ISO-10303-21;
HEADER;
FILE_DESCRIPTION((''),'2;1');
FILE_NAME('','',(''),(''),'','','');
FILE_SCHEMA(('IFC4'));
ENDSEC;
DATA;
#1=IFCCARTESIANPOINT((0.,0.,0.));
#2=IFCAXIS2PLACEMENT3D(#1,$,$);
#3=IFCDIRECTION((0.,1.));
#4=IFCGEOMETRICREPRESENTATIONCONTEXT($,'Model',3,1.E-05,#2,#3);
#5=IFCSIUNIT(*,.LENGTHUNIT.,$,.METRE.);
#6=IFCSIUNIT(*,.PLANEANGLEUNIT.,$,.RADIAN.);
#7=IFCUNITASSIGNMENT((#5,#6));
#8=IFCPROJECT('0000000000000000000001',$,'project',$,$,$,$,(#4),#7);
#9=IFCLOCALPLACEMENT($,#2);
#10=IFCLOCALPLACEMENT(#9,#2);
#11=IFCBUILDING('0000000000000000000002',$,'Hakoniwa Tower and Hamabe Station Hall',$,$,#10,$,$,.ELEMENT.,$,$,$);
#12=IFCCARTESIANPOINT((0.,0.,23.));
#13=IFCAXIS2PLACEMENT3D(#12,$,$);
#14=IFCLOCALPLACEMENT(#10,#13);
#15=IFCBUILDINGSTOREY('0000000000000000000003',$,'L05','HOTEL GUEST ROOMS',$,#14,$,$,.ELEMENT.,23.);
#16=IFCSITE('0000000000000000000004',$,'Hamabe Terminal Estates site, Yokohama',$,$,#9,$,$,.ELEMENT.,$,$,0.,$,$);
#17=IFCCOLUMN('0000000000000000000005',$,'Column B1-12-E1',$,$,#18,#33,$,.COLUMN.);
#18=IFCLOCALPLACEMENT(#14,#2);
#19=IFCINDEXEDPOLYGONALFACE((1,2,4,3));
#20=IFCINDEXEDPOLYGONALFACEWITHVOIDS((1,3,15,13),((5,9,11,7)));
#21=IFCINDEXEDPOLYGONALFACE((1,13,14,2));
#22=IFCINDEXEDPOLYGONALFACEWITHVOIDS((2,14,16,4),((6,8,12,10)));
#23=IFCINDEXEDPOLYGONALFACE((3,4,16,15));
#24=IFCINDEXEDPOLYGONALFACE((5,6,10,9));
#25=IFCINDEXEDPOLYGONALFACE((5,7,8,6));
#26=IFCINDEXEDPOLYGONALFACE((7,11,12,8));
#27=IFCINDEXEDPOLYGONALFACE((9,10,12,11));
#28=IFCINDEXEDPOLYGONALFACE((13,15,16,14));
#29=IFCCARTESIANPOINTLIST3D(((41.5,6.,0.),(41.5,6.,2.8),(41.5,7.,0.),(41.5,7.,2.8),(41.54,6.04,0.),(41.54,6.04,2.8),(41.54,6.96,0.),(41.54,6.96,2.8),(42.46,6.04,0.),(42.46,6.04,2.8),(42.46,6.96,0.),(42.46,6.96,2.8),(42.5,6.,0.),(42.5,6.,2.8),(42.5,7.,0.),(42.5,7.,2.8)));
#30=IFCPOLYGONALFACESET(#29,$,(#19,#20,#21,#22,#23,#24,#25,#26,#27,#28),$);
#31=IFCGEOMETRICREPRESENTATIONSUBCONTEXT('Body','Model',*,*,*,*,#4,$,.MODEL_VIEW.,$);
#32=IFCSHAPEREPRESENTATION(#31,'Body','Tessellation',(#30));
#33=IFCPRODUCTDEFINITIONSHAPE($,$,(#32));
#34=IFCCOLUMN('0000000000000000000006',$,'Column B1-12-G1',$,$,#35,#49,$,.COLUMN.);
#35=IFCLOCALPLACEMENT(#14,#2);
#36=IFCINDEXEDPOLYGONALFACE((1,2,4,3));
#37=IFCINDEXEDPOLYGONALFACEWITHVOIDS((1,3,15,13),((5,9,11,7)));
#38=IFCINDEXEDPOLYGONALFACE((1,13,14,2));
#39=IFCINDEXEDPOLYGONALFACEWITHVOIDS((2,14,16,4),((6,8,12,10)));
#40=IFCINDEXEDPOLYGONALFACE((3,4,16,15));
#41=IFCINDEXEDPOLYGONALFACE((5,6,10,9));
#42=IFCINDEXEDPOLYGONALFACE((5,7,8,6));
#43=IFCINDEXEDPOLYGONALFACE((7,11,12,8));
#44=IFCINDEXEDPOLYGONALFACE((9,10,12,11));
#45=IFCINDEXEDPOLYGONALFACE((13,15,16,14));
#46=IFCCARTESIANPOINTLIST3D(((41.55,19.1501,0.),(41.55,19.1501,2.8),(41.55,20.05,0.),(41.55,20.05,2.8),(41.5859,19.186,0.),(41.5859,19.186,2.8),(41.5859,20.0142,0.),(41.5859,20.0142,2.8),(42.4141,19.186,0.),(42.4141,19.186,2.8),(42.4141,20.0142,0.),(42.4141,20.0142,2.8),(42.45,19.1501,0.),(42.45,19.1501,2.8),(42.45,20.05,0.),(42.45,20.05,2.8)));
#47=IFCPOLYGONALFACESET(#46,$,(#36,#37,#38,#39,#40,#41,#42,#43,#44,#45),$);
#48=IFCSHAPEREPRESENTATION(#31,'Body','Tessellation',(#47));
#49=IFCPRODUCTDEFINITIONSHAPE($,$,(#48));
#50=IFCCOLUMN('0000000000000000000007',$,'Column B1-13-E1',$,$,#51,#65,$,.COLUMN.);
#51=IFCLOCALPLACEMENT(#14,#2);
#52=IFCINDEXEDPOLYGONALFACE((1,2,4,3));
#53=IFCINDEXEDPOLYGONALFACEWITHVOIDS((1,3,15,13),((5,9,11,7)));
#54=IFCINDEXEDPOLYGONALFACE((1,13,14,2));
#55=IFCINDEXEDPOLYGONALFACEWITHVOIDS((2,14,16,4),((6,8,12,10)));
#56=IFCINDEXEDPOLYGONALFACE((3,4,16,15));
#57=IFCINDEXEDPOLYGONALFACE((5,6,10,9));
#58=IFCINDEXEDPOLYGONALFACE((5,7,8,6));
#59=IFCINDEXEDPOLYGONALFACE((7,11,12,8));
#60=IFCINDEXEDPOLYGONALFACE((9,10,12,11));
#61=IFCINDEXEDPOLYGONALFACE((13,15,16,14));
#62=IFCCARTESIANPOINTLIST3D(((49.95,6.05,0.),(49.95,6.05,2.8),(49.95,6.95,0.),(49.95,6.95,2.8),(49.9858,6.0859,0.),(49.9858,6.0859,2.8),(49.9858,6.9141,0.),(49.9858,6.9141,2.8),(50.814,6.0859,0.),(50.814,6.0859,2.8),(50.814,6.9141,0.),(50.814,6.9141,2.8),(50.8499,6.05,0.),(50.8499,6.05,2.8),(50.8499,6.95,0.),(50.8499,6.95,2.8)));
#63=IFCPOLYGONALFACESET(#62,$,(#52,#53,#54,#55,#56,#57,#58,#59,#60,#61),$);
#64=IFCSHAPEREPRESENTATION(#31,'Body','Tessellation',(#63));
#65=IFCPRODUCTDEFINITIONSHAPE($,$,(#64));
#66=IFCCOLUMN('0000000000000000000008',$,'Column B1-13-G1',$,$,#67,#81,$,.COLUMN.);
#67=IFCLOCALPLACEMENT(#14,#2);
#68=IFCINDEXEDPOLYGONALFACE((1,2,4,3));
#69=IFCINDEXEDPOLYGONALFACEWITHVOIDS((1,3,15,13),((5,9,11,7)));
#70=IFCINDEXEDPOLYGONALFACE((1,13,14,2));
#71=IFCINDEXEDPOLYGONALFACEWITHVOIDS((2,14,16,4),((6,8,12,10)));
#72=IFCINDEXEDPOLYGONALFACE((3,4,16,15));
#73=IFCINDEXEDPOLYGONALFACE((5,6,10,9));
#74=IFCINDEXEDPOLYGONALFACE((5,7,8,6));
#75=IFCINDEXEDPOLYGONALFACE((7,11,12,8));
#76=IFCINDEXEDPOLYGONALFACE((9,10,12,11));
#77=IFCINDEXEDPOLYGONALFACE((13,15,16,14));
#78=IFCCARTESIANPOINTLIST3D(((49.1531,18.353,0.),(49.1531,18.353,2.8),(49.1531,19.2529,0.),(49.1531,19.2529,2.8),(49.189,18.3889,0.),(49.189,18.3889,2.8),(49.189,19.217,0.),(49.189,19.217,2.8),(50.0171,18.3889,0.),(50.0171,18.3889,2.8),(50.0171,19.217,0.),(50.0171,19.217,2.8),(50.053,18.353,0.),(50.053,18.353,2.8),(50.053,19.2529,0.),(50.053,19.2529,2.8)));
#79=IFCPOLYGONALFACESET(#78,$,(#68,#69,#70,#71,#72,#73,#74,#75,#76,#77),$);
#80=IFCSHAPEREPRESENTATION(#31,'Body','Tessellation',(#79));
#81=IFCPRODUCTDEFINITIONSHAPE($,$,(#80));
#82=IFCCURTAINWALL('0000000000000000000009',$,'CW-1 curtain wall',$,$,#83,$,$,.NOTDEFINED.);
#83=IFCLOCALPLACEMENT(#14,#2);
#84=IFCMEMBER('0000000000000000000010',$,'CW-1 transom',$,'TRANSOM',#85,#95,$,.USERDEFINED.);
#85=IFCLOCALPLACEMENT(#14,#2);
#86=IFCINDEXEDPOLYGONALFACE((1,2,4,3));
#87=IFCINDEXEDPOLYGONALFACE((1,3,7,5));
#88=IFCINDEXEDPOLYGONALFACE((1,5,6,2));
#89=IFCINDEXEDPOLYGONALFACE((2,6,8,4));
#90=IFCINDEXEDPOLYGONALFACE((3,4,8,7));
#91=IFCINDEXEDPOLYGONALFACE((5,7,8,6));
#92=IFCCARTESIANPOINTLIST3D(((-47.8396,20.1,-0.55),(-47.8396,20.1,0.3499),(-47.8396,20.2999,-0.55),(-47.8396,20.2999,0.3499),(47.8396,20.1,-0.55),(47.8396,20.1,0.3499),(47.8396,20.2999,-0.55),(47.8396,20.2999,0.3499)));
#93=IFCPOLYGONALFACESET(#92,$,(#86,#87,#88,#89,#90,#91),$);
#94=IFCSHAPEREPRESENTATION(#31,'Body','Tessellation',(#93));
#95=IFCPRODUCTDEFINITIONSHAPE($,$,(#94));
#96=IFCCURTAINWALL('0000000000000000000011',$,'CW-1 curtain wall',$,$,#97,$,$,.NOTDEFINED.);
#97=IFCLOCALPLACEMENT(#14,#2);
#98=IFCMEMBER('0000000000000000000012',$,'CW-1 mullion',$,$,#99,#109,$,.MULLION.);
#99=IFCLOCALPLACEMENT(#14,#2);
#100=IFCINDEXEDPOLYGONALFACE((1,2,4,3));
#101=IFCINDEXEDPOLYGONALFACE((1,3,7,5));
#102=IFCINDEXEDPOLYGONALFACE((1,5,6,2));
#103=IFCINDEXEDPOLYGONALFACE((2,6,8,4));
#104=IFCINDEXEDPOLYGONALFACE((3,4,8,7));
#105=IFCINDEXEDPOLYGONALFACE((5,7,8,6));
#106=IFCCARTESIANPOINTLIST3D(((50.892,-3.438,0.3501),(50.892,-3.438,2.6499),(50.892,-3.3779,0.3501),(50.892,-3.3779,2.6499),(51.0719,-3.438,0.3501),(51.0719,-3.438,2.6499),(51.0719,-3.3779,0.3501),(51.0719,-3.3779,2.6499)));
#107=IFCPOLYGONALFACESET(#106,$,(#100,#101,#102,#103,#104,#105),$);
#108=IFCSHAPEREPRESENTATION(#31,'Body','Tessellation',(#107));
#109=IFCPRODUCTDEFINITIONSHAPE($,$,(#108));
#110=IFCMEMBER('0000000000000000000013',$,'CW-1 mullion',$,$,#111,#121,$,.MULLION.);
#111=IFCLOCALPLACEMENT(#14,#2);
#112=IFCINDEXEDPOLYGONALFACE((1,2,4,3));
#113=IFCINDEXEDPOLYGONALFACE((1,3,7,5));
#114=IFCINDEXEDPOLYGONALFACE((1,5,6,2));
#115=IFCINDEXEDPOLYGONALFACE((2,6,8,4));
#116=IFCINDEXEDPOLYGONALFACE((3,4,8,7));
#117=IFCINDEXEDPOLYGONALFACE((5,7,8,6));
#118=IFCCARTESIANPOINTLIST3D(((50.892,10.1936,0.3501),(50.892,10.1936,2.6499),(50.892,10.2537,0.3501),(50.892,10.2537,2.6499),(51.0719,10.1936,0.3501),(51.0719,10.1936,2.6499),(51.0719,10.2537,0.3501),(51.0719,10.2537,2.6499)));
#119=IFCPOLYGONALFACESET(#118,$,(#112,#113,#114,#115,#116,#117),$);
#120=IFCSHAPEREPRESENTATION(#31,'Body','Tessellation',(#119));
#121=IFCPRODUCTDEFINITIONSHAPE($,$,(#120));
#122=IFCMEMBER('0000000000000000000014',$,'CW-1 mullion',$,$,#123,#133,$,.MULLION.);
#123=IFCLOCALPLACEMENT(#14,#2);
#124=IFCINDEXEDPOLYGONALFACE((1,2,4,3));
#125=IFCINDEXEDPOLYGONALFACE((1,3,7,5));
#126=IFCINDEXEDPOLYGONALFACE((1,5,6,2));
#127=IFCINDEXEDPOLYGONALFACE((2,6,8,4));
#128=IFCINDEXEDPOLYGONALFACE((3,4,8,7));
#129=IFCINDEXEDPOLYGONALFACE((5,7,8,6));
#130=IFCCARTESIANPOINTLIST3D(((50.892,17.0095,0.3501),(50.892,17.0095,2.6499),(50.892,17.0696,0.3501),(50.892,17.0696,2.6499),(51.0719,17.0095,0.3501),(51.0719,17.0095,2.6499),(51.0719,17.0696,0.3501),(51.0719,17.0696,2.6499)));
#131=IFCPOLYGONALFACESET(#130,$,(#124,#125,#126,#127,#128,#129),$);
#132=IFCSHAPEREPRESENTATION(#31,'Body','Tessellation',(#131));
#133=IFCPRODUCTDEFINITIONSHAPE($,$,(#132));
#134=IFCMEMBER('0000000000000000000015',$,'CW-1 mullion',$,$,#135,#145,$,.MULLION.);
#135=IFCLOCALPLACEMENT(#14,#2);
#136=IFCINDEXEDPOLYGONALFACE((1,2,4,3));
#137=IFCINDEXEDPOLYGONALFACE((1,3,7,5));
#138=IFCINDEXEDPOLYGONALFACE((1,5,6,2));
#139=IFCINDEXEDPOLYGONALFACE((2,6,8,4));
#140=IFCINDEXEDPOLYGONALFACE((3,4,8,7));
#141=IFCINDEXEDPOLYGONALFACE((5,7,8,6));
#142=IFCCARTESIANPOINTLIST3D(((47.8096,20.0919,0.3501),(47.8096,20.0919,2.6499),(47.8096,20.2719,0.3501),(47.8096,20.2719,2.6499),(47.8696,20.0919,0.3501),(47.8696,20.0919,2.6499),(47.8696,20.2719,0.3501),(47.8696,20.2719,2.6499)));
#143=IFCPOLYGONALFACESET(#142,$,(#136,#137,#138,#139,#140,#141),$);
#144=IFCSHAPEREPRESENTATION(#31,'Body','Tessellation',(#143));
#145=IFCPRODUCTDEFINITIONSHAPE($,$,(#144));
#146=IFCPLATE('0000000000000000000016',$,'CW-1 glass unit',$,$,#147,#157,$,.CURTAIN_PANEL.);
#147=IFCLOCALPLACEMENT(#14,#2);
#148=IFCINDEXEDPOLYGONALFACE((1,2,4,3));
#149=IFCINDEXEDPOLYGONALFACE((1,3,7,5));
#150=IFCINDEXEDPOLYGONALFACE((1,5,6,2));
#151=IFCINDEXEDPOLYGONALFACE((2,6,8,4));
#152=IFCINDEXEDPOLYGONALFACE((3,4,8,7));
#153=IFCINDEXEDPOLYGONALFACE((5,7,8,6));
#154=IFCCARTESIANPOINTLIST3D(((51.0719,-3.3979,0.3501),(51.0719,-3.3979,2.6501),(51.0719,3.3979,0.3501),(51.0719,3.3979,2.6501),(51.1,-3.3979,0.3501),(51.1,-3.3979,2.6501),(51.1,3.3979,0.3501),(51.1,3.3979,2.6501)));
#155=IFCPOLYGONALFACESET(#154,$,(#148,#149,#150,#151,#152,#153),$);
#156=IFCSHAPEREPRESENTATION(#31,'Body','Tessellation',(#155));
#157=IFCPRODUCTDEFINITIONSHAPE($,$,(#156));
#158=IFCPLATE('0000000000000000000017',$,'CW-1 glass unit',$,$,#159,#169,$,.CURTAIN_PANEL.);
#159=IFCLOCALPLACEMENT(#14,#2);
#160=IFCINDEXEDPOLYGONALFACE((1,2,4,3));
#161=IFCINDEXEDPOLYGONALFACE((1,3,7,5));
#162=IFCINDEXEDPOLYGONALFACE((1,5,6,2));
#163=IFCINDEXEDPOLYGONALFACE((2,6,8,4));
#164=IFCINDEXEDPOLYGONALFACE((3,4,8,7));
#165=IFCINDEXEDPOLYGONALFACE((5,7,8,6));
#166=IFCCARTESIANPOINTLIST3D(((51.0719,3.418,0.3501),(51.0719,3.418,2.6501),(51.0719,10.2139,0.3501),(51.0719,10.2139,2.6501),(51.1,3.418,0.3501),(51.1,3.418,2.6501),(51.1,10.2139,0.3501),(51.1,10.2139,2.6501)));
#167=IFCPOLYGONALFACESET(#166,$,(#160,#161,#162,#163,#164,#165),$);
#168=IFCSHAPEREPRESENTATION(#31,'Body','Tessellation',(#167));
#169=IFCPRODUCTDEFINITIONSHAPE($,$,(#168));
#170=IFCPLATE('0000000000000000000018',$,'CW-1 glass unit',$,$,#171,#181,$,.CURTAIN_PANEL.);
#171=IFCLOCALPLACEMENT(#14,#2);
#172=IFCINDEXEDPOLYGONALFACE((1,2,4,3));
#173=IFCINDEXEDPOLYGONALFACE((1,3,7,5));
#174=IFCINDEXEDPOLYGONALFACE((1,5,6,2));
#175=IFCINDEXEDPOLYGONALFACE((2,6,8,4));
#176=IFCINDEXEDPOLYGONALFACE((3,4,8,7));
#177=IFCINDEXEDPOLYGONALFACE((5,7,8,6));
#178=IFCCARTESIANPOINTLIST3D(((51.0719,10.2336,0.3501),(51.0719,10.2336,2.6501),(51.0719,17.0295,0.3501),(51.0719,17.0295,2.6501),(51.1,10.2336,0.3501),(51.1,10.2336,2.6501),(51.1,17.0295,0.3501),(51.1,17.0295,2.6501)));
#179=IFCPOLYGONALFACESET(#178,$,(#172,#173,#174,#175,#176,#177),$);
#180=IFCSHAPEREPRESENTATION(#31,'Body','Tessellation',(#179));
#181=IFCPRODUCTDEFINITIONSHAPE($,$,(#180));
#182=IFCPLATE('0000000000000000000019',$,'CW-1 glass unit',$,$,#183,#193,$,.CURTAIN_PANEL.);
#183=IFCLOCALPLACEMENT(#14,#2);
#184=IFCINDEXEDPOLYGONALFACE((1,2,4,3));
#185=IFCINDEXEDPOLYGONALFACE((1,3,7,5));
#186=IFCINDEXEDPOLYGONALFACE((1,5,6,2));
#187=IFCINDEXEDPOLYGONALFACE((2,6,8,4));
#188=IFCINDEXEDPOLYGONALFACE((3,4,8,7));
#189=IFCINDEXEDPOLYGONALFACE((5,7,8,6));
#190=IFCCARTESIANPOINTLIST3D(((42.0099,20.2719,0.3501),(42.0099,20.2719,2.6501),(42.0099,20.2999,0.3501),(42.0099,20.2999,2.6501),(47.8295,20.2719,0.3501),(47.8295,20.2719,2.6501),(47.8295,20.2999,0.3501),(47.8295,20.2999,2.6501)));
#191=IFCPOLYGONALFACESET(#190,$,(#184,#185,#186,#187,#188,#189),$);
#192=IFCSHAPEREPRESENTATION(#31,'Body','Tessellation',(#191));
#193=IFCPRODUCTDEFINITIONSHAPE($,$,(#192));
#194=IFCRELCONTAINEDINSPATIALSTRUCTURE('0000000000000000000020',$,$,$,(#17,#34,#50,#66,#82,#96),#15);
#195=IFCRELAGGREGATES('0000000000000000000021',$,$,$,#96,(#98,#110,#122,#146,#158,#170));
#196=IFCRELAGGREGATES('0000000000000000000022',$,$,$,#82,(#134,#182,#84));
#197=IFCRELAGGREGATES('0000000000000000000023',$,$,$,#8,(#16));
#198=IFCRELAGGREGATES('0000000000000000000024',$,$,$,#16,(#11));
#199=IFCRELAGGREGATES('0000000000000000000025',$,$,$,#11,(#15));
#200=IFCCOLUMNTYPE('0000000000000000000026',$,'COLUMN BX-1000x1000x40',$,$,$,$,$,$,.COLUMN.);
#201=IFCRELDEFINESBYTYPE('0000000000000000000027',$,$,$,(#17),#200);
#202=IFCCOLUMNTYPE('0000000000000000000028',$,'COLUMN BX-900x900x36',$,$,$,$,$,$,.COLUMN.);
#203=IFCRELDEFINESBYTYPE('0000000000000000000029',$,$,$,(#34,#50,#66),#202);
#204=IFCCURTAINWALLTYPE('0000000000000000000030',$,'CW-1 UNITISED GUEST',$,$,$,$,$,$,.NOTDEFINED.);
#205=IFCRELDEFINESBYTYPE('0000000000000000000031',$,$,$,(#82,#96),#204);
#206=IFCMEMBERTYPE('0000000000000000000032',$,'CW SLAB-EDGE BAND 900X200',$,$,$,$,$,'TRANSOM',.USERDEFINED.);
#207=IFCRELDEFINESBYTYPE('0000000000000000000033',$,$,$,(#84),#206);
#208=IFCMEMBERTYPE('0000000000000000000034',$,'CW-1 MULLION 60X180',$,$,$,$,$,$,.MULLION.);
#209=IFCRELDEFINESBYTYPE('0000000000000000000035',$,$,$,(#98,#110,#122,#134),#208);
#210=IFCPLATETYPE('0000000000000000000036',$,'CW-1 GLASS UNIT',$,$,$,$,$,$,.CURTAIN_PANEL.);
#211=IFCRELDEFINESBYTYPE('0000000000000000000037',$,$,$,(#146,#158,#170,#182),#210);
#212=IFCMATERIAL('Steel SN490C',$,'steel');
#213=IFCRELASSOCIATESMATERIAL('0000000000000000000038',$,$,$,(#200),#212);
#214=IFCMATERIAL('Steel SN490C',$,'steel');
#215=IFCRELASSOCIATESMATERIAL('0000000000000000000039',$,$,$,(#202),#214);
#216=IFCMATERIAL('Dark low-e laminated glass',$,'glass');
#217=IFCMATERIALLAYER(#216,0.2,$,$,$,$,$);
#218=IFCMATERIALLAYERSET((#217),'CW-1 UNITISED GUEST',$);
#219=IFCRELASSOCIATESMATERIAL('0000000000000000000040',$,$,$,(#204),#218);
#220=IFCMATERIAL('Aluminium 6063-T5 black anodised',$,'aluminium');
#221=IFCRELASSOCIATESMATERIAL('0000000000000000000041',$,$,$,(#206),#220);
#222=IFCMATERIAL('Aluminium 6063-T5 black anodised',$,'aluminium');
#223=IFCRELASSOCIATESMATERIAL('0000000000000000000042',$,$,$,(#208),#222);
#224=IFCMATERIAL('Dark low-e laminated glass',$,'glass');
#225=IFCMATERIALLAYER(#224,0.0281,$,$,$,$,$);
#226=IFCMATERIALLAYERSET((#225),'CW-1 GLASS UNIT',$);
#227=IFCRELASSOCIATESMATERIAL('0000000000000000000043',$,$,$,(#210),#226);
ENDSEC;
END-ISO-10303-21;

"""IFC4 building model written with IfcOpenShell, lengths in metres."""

from ifc_helpers import new_model, si_unit, direction, frame, origin, origin_2d, place, context, subcontext, project, spatial, rectangle, hollow_rectangle, extrude, material, layer, layer_set, material_profile, profile_set, type_object, element, aggregate, save


model = new_model("IFC4")

# Units and contexts
model_context = context("Model", 3, precision=1e-05, world=origin(), true_north=direction((0.0, 1.0)))
body_context = subcontext(model_context, "Body", "Model", "MODEL_VIEW")
ifc_project = project(units=[si_unit("LENGTHUNIT", "METRE"), si_unit("PLANEANGLEUNIT", "RADIAN")], contexts=[model_context])

# Site, building, storey
site_placement = place(None, origin())
site = spatial("IfcSite", under=ifc_project, at=site_placement, Name="Hamabe Terminal Estates site, Yokohama", CompositionType="ELEMENT", RefElevation=0.0)
building_placement = place(site_placement, origin())
building = spatial("IfcBuilding", under=site, at=building_placement, Name="Hakoniwa Tower and Hamabe Station Hall", CompositionType="ELEMENT")
storey_placement = place(building_placement, frame((0.0, 0.0, 23.0)))
storey = spatial("IfcBuildingStorey", under=building, at=storey_placement, Name="L05", Description="HOTEL GUEST ROOMS", CompositionType="ELEMENT", Elevation=23.0)

# Columns
ifc_material_1 = material(Name="Steel SN490C", Category="steel")
ifc_material_profile_1 = material_profile(ifc_material_1, hollow_rectangle(XDim=1.0, YDim=1.0, WallThickness=0.04, at=origin_2d()), Name="BX-1000x1000x40")
ifc_profile_set_1 = profile_set([ifc_material_profile_1], Name="Steel SN490C")
column_type_1 = type_object("IfcColumnType", Name="COLUMN BX-1000x1000x40", PredefinedType="COLUMN", material=ifc_profile_set_1)
column_placement = place(storey_placement, frame((42.0, 6.5, 0.0), z_axis=(0.0, 0.0, 1.0), x_axis=(1.0, 0.0, 0.0)))
element("IfcColumn", 1, at=column_placement, inside=storey, type_object=column_type_1, Name="Column B1-12-E1", PredefinedType="COLUMN", context=body_context, shape_type="SweptSolid", body=[
    extrude(hollow_rectangle(XDim=1.0, YDim=1.0, WallThickness=0.04, at=origin_2d()), origin(), (0.0, 0.0, 1.0), 2.8),
])
ifc_material_2 = material(Name="Steel SN490C", Category="steel")
ifc_material_profile_2 = material_profile(ifc_material_2, hollow_rectangle(XDim=0.8999, YDim=0.8999, WallThickness=0.0359, at=origin_2d()), Name="BX-900x900x36")
ifc_profile_set_2 = profile_set([ifc_material_profile_2], Name="Steel SN490C")
column_type_2 = type_object("IfcColumnType", Name="COLUMN BX-900x900x36", PredefinedType="COLUMN", material=ifc_profile_set_2)
for number, where, z_axis, x_axis, name in (
    (2, (42.0, 19.6001, 0.0), (0.0, 0.0, 1.0), (1.0, 0.0, 0.0), "Column B1-12-G1"),
    (3, (50.3999, 6.5, 0.0), (0.0, 0.0, 1.0), (1.0, 0.0, 0.0), "Column B1-13-E1"),
    (4, (49.603, 18.803, 0.0), (0.0, 0.0, 1.0), (1.0, 0.0, 0.0), "Column B1-13-G1"),
):
    element("IfcColumn", number, at=place(storey_placement, frame(where, z_axis=z_axis, x_axis=x_axis)), inside=storey, type_object=column_type_2, Name=name, PredefinedType="COLUMN", context=body_context, shape_type="SweptSolid", body=[
        extrude(hollow_rectangle(XDim=0.8999, YDim=0.8999, WallThickness=0.0359, at=origin_2d()), origin(), (0.0, 0.0, 1.0), 2.8),
    ])

# Curtain wall, member
ifc_material_3 = material(Name="Dark low-e laminated glass", Category="glass")
ifc_layer_1 = layer(ifc_material_3, 0.2)
ifc_layer_set_1 = layer_set([ifc_layer_1], Name="CW-1 UNITISED GUEST")
curtain_wall_type = type_object("IfcCurtainWallType", Name="CW-1 UNITISED GUEST", PredefinedType="NOTDEFINED", material=ifc_layer_set_1)
curtain_wall_1_placement = place(storey_placement, origin())
curtain_wall_1 = element("IfcCurtainWall", 5, at=curtain_wall_1_placement, inside=storey, type_object=curtain_wall_type, Name="CW-1 curtain wall", PredefinedType="NOTDEFINED")
ifc_material_4 = material(Name="Aluminium 6063-T5 black anodised", Category="aluminium")
ifc_material_profile_3 = material_profile(ifc_material_4, rectangle(XDim=0.2, YDim=0.8999, at=origin_2d()), Name="CW SLAB-EDGE BAND 900X200")
ifc_profile_set_3 = profile_set([ifc_material_profile_3], Name="Aluminium 6063-T5 black anodised")
member_type_1 = type_object("IfcMemberType", Name="CW SLAB-EDGE BAND 900X200", ElementType="TRANSOM", PredefinedType="USERDEFINED", material=ifc_profile_set_3)
member_1_placement = place(storey_placement, frame((47.8396, 20.2, -0.1001), z_axis=(-1.0, 0.0, 0.0), x_axis=(0.0, -1.0, 0.0)))
member_1 = element("IfcMember", 6, at=member_1_placement, type_object=member_type_1, Name="CW-1 transom", ObjectType="TRANSOM", PredefinedType="USERDEFINED", context=body_context, shape_type="SweptSolid", body=[
    extrude(rectangle(XDim=0.2, YDim=0.8999, at=origin_2d()), origin(), (0.0, 0.0, 1.0), 95.6792),
])

# Curtain wall, members
curtain_wall_2_placement = place(storey_placement, origin())
curtain_wall_2 = element("IfcCurtainWall", 7, at=curtain_wall_2_placement, inside=storey, type_object=curtain_wall_type, Name="CW-1 curtain wall", PredefinedType="NOTDEFINED")
ifc_material_5 = material(Name="Aluminium 6063-T5 black anodised", Category="aluminium")
ifc_material_profile_4 = material_profile(ifc_material_5, rectangle(XDim=0.0601, YDim=0.1799, at=origin_2d()), Name="CW-1 MULLION 60X180")
ifc_profile_set_4 = profile_set([ifc_material_profile_4], Name="Aluminium 6063-T5 black anodised")
member_type_2 = type_object("IfcMemberType", Name="CW-1 MULLION 60X180", PredefinedType="MULLION", material=ifc_profile_set_4)
member_2_placement = place(storey_placement, frame((50.9819, -3.408, 0.3501), z_axis=(0.0, 0.0, 1.0), x_axis=(0.0, 1.0, 0.0)))
member_2 = element("IfcMember", 8, at=member_2_placement, type_object=member_type_2, Name="CW-1 mullion", PredefinedType="MULLION", context=body_context, shape_type="SweptSolid", body=[
    extrude(rectangle(XDim=0.0601, YDim=0.1799, at=origin_2d()), origin(), (0.0, 0.0, 1.0), 2.2998),
])
member_3_placement = place(storey_placement, frame((50.9819, 10.2236, 0.3501), z_axis=(0.0, 0.0, 1.0), x_axis=(0.0, 1.0, 0.0)))
member_3 = element("IfcMember", 9, at=member_3_placement, type_object=member_type_2, Name="CW-1 mullion", PredefinedType="MULLION", context=body_context, shape_type="SweptSolid", body=[
    extrude(rectangle(XDim=0.0601, YDim=0.1799, at=origin_2d()), origin(), (0.0, 0.0, 1.0), 2.2998),
])
member_4_placement = place(storey_placement, frame((50.9819, 17.0396, 0.3501), z_axis=(0.0, 0.0, 1.0), x_axis=(0.0, 1.0, 0.0)))
member_4 = element("IfcMember", 10, at=member_4_placement, type_object=member_type_2, Name="CW-1 mullion", PredefinedType="MULLION", context=body_context, shape_type="SweptSolid", body=[
    extrude(rectangle(XDim=0.0601, YDim=0.1799, at=origin_2d()), origin(), (0.0, 0.0, 1.0), 2.2998),
])

# Member
member_5_placement = place(storey_placement, frame((47.8396, 20.1819, 0.3501), z_axis=(0.0, 0.0, 1.0), x_axis=(-1.0, 0.0, 0.0)))
member_5 = element("IfcMember", 11, at=member_5_placement, type_object=member_type_2, Name="CW-1 mullion", PredefinedType="MULLION", context=body_context, shape_type="SweptSolid", body=[
    extrude(rectangle(XDim=0.0601, YDim=0.1799, at=origin_2d()), origin(), (0.0, 0.0, 1.0), 2.2998),
])

# Plates
ifc_material_6 = material(Name="Dark low-e laminated glass", Category="glass")
ifc_layer_2 = layer(ifc_material_6, 0.0281)
ifc_layer_set_2 = layer_set([ifc_layer_2], Name="CW-1 GLASS UNIT")
plate_type = type_object("IfcPlateType", Name="CW-1 GLASS UNIT", PredefinedType="CURTAIN_PANEL", material=ifc_layer_set_2)
plate_1_placement = place(storey_placement, frame((51.0859, 0.0, 0.3501), z_axis=(0.0, 0.0, 1.0), x_axis=(0.0, 1.0, 0.0)))
plate_1 = element("IfcPlate", 12, at=plate_1_placement, type_object=plate_type, Name="CW-1 glass unit", PredefinedType="CURTAIN_PANEL", context=body_context, shape_type="SweptSolid", body=[
    extrude(rectangle(XDim=6.7959, YDim=0.0281, at=origin_2d()), origin(), (0.0, 0.0, 1.0), 2.3),
])
plate_2_placement = place(storey_placement, frame((51.0859, 6.8159, 0.3501), z_axis=(0.0, 0.0, 1.0), x_axis=(0.0, 1.0, 0.0)))
plate_2 = element("IfcPlate", 13, at=plate_2_placement, type_object=plate_type, Name="CW-1 glass unit", PredefinedType="CURTAIN_PANEL", context=body_context, shape_type="SweptSolid", body=[
    extrude(rectangle(XDim=6.7959, YDim=0.0281, at=origin_2d()), origin(), (0.0, 0.0, 1.0), 2.3),
])
plate_3_placement = place(storey_placement, frame((51.0859, 13.6316, 0.3501), z_axis=(0.0, 0.0, 1.0), x_axis=(0.0, 1.0, 0.0)))
plate_3 = element("IfcPlate", 14, at=plate_3_placement, type_object=plate_type, Name="CW-1 glass unit", PredefinedType="CURTAIN_PANEL", context=body_context, shape_type="SweptSolid", body=[
    extrude(rectangle(XDim=6.7959, YDim=0.0281, at=origin_2d()), origin(), (0.0, 0.0, 1.0), 2.3),
])
aggregate(curtain_wall_2, [member_2, member_3, member_4, plate_1, plate_2, plate_3])
plate_4_placement = place(storey_placement, frame((44.9197, 20.2859, 0.3501), z_axis=(0.0, 0.0, 1.0), x_axis=(-1.0, 0.0, 0.0)))
plate_4 = element("IfcPlate", 15, at=plate_4_placement, type_object=plate_type, Name="CW-1 glass unit", PredefinedType="CURTAIN_PANEL", context=body_context, shape_type="SweptSolid", body=[
    extrude(rectangle(XDim=5.8196, YDim=0.0281, at=origin_2d()), origin(), (0.0, 0.0, 1.0), 2.3),
])
aggregate(curtain_wall_1, [member_5, plate_4, member_1])

save(model, "model.ifc")
